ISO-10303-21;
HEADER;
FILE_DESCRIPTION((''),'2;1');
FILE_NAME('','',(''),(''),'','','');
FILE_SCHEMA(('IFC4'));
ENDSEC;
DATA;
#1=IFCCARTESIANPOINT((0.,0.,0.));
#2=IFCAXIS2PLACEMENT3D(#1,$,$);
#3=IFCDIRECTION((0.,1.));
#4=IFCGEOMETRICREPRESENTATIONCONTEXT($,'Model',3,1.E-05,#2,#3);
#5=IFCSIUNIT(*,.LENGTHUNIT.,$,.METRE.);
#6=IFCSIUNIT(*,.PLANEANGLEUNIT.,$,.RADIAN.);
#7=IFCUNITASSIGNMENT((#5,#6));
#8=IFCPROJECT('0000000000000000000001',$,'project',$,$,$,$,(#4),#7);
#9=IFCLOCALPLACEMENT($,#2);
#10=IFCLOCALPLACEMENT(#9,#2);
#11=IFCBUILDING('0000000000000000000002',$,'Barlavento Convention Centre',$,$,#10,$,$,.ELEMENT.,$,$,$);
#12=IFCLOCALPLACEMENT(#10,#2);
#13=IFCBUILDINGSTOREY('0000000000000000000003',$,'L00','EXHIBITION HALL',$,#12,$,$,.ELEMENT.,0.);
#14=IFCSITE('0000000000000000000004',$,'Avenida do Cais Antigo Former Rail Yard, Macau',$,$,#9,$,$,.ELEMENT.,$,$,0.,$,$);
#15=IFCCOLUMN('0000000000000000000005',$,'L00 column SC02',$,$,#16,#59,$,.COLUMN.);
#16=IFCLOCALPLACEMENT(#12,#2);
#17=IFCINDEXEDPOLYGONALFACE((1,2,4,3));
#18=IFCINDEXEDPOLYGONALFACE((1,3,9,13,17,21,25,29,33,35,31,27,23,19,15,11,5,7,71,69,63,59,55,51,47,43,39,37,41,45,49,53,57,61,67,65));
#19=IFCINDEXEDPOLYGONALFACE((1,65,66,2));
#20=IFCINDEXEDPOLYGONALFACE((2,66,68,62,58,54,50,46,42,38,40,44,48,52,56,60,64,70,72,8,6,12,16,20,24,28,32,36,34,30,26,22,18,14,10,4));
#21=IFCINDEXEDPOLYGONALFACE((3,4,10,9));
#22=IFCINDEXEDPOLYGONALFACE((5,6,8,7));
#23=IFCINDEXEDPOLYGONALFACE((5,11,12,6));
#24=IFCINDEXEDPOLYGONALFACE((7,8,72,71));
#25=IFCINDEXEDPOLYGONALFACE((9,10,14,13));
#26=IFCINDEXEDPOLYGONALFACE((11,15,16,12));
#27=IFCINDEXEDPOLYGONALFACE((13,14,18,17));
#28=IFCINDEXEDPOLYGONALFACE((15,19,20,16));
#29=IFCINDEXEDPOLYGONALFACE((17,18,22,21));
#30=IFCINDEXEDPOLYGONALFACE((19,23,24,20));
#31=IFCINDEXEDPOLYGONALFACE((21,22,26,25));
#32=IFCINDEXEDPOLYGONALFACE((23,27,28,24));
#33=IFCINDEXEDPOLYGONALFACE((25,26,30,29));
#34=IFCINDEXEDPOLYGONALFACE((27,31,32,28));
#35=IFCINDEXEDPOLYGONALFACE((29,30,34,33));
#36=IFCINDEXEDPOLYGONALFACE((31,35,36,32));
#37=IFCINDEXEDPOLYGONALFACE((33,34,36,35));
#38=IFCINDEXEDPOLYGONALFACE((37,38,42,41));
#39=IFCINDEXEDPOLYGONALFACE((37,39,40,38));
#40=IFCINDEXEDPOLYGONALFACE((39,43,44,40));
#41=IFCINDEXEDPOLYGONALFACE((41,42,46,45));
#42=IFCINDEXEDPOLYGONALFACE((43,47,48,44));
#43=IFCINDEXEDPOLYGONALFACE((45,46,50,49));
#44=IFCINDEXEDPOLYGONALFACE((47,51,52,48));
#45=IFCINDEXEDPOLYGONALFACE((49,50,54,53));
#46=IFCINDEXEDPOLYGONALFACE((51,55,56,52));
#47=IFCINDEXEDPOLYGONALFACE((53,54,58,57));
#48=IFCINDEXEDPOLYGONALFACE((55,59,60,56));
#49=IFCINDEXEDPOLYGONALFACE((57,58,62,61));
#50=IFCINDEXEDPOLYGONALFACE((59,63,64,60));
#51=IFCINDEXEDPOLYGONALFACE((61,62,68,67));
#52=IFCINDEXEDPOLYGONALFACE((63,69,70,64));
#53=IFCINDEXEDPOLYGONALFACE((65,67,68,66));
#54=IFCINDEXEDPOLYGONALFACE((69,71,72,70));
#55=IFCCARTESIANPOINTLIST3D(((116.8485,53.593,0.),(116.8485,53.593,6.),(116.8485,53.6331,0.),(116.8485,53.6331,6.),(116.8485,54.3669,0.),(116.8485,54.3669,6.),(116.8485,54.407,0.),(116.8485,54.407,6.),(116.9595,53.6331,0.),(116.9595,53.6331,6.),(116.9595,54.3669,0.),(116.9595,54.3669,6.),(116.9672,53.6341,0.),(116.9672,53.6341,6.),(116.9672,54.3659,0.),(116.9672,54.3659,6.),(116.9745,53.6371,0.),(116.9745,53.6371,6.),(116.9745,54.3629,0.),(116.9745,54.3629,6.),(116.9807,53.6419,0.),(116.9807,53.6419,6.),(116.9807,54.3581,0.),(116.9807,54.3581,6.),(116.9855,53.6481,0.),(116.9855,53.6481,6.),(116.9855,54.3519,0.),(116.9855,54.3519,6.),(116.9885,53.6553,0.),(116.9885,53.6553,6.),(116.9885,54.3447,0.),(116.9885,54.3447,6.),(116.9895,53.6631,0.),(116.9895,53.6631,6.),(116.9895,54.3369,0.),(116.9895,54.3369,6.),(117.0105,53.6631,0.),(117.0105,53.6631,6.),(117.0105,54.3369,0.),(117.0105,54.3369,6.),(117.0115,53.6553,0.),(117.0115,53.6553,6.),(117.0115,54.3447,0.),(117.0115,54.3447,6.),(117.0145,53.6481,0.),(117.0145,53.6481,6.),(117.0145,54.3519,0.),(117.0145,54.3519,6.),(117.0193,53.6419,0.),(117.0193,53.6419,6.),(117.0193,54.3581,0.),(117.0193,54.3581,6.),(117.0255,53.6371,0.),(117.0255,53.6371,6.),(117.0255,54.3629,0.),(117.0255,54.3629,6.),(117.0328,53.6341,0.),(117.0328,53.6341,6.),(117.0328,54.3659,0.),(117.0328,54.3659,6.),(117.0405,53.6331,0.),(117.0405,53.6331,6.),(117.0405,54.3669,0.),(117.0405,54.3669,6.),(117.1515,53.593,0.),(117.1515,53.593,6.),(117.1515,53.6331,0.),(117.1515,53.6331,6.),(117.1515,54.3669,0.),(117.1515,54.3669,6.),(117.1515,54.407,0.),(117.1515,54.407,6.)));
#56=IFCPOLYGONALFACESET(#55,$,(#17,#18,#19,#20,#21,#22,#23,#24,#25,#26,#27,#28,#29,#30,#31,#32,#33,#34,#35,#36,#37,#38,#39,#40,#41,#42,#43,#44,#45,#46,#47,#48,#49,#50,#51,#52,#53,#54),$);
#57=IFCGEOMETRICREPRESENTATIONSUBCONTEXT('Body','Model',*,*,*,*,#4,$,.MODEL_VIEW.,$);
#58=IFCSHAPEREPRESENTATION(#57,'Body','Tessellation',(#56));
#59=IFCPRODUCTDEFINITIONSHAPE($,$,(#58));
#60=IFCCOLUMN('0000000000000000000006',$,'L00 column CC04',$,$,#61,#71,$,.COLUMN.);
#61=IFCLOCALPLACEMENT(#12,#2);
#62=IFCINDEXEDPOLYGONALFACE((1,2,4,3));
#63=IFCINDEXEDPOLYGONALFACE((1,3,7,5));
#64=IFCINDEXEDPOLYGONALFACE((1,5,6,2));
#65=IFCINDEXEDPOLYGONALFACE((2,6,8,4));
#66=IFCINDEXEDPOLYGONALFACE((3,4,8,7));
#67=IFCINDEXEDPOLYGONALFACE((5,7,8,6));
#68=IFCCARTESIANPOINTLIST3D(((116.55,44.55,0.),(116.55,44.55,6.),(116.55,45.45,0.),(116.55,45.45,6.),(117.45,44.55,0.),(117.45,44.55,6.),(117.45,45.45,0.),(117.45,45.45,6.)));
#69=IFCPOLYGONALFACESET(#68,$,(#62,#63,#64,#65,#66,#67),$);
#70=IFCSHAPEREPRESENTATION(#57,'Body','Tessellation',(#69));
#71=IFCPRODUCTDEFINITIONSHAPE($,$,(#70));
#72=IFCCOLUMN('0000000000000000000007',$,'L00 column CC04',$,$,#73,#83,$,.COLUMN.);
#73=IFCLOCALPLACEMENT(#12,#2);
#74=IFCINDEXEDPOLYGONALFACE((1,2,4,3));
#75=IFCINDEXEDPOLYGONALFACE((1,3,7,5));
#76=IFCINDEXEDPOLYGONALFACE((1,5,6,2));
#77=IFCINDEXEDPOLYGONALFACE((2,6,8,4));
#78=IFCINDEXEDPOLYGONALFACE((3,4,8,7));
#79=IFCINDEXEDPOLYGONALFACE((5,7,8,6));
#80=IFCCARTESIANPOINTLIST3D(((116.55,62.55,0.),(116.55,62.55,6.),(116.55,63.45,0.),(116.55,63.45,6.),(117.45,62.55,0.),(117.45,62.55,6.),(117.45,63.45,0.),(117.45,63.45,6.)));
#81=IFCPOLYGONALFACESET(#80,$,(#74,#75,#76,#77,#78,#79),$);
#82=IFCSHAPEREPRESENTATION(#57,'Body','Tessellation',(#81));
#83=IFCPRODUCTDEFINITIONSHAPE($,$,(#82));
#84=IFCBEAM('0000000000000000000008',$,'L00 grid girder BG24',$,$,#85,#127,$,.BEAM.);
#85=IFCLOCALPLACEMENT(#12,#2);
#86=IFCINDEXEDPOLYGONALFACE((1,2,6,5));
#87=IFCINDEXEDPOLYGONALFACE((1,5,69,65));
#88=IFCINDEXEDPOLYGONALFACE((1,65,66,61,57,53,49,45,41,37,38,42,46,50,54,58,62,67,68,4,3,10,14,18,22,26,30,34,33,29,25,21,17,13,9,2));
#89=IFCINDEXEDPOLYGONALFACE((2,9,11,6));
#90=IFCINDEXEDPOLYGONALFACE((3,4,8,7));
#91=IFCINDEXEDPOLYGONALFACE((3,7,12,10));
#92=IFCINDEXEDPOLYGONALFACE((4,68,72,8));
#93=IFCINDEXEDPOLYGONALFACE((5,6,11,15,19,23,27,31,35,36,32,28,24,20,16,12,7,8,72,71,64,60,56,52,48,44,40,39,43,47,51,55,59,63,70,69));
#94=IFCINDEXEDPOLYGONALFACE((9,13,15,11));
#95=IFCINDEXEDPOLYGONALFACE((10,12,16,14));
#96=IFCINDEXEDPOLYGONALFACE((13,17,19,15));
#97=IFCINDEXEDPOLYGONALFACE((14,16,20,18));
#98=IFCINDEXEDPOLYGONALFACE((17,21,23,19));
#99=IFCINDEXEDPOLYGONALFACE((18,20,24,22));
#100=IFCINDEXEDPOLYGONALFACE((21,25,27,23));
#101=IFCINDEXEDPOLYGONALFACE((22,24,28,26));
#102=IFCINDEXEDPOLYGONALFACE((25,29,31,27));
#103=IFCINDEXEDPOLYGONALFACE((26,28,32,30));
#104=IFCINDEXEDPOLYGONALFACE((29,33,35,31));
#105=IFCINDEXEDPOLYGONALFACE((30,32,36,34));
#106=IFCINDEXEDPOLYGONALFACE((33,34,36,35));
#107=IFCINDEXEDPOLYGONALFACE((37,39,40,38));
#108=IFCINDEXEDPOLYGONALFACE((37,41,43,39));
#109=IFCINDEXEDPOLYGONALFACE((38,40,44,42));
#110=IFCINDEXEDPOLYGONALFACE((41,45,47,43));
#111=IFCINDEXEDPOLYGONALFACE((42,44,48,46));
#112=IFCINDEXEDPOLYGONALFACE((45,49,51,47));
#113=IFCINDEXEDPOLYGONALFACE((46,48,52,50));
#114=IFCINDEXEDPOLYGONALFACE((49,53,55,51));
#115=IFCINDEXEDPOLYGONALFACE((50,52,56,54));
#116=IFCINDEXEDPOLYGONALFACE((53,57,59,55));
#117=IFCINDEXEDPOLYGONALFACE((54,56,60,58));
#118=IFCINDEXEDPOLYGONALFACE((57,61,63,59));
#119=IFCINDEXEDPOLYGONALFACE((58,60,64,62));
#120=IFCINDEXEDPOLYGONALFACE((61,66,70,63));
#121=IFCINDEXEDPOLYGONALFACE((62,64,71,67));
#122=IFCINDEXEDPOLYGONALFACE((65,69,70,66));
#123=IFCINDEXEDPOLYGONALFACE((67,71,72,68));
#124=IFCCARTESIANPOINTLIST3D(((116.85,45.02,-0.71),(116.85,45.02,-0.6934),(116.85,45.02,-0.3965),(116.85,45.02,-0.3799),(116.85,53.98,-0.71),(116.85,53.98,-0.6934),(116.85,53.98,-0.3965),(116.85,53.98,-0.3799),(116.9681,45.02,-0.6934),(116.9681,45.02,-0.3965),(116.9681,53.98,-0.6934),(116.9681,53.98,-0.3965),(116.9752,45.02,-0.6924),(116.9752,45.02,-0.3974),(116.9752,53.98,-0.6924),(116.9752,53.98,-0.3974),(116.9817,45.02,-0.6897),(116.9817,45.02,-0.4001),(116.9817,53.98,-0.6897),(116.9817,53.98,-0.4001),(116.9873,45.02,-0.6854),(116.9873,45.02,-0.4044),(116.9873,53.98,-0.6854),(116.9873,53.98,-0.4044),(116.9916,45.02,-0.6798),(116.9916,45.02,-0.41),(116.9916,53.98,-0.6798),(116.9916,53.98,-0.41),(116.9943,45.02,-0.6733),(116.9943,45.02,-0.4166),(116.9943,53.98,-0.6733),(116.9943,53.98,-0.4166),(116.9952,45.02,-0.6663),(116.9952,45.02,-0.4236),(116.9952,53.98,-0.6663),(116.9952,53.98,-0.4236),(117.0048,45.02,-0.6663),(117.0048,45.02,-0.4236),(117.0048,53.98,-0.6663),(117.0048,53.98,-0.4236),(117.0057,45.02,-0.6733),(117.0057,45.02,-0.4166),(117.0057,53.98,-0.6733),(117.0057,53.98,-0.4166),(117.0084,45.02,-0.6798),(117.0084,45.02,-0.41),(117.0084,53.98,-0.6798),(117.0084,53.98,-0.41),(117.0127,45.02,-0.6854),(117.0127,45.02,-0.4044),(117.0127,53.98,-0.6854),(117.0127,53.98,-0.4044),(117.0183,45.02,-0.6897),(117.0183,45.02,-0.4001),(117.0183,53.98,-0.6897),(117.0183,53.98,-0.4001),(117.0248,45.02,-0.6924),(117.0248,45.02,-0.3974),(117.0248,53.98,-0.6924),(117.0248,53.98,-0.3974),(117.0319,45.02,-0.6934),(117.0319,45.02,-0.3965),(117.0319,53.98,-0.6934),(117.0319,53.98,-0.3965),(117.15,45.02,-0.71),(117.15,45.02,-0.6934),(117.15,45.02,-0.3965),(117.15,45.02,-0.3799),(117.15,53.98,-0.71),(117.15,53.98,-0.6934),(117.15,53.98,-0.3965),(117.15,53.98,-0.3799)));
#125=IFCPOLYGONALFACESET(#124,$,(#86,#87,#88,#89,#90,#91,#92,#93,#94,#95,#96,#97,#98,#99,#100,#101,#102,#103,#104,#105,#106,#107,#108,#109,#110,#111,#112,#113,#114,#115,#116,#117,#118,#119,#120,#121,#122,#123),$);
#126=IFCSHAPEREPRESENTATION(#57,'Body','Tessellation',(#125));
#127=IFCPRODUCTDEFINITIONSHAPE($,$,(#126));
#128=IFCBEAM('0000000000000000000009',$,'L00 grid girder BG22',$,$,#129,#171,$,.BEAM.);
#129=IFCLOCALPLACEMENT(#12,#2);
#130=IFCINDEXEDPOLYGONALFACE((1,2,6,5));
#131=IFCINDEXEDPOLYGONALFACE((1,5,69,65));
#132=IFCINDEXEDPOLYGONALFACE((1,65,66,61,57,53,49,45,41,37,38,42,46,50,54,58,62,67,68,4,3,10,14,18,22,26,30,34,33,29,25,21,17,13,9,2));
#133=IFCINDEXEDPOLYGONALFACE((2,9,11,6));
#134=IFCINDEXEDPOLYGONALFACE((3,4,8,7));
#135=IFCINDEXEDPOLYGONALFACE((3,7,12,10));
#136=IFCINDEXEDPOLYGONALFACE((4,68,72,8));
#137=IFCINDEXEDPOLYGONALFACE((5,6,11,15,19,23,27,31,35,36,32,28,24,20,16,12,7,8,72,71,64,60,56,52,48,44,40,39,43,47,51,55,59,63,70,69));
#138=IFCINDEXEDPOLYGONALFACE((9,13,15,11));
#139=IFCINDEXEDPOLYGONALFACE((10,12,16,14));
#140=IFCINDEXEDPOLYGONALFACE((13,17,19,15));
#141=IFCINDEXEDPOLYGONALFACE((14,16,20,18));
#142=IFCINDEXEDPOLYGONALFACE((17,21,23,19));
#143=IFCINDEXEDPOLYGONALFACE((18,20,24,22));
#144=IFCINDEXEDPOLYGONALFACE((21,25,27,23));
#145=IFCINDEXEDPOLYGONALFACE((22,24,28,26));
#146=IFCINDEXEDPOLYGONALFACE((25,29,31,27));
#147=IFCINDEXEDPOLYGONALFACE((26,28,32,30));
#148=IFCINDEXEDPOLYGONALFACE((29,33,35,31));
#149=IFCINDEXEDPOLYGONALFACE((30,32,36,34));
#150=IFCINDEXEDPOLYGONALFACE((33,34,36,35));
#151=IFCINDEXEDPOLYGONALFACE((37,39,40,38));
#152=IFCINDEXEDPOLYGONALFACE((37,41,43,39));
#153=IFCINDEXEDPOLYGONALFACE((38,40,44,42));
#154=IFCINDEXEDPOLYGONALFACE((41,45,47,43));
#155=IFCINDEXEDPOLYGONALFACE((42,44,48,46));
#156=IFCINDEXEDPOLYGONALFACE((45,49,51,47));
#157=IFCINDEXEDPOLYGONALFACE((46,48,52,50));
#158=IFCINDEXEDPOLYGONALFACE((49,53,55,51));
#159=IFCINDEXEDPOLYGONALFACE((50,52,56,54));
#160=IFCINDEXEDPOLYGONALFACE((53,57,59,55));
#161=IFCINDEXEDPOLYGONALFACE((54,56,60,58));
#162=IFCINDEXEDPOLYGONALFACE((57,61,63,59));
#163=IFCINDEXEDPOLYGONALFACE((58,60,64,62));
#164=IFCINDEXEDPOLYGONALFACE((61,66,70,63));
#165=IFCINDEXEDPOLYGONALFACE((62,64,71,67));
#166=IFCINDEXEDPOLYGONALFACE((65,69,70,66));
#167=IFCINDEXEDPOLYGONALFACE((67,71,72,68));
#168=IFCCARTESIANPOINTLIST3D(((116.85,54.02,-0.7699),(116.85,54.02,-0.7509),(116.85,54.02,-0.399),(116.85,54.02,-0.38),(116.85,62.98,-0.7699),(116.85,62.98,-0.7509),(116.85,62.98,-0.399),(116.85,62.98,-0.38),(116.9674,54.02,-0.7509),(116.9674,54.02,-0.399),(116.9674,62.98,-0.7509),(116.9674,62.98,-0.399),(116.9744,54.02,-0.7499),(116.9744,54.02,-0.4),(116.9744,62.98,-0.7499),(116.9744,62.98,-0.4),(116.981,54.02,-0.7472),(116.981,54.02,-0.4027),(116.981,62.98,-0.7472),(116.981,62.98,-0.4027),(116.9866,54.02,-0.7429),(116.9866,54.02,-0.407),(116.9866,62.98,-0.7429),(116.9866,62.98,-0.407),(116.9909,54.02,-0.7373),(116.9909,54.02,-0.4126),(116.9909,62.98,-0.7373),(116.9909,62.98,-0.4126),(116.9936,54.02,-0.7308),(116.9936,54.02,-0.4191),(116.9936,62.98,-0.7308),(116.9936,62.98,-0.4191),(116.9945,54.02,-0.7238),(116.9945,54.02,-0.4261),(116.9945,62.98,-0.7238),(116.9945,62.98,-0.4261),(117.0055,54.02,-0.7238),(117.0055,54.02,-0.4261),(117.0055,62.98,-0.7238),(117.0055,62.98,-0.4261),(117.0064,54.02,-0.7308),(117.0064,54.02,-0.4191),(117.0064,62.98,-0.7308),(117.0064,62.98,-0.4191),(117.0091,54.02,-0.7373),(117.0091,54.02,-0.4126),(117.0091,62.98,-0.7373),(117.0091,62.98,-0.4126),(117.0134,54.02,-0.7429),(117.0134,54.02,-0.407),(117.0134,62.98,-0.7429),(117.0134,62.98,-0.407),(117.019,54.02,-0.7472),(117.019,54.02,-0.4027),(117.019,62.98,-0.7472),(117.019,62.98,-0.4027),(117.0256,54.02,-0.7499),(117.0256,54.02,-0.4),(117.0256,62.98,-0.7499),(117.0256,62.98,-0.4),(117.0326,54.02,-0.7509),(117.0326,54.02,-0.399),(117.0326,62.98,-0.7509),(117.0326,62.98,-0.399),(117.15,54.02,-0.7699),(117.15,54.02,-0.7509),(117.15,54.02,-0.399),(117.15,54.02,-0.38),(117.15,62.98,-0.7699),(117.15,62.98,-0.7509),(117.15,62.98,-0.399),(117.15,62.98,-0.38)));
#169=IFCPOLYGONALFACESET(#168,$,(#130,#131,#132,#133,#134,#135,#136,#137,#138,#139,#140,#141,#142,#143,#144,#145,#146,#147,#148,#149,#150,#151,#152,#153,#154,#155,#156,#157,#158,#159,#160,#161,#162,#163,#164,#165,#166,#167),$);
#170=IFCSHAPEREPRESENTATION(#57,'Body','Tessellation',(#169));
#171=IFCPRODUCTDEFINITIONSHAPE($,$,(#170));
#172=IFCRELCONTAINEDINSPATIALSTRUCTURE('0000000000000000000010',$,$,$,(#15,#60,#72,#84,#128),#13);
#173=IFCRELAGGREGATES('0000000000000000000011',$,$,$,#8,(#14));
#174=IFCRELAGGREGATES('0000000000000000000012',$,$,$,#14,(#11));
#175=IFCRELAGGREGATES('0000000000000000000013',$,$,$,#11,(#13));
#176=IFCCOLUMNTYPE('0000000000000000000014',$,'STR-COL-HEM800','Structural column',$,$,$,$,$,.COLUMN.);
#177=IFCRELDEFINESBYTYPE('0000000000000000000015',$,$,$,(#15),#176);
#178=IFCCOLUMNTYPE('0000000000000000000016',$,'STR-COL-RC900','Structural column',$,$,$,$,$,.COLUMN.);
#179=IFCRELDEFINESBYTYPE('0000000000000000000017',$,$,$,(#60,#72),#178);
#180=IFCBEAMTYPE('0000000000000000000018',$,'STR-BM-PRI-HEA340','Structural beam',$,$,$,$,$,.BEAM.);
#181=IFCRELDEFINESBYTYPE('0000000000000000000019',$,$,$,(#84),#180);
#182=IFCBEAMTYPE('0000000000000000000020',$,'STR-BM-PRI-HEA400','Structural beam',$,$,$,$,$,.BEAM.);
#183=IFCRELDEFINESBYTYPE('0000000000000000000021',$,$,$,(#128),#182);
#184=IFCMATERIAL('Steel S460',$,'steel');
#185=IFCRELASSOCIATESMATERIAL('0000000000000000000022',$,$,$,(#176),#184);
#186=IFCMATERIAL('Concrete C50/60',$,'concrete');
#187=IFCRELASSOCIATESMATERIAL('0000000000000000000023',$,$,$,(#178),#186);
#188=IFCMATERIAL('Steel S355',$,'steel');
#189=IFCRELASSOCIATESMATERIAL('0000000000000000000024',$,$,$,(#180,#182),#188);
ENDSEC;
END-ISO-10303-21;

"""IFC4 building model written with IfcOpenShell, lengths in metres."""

from ifc_helpers import new_model, si_unit, direction, frame, origin, origin_2d, place, context, subcontext, project, spatial, rectangle, i_section, extrude, material, material_profile, profile_set, type_object, element, save


model = new_model("IFC4")

# Units and contexts
model_context = context("Model", 3, precision=1e-05, world=origin(), true_north=direction((0.0, 1.0)))
body_context = subcontext(model_context, "Body", "Model", "MODEL_VIEW")
ifc_project = project(units=[si_unit("LENGTHUNIT", "METRE"), si_unit("PLANEANGLEUNIT", "RADIAN")], contexts=[model_context])

# Site, building, storey
site_placement = place(None, origin())
site = spatial("IfcSite", under=ifc_project, at=site_placement, Name="Avenida do Cais Antigo Former Rail Yard, Macau", CompositionType="ELEMENT", RefElevation=0.0)
building_placement = place(site_placement, origin())
building = spatial("IfcBuilding", under=site, at=building_placement, Name="Barlavento Convention Centre", CompositionType="ELEMENT")
storey_placement = place(building_placement, origin())
storey = spatial("IfcBuildingStorey", under=building, at=storey_placement, Name="L00", Description="EXHIBITION HALL", CompositionType="ELEMENT", Elevation=0.0)

# Columns
ifc_material_1 = material(Name="Steel S460", Category="steel")
ifc_material_profile_1 = material_profile(ifc_material_1, i_section(OverallWidth=0.303, OverallDepth=0.814, WebThickness=0.021, FlangeThickness=0.04, FilletRadius=0.03, at=origin_2d()), Name="HEM 800")
ifc_profile_set_1 = profile_set([ifc_material_profile_1], Name="Steel S460")
column_type_1 = type_object("IfcColumnType", Name="STR-COL-HEM800", Description="Structural column", PredefinedType="COLUMN", material=ifc_profile_set_1)
column_placement = place(storey_placement, frame((117.0, 54.0, 0.0), z_axis=(0.0, 0.0, 1.0), x_axis=(1.0, 0.0, 0.0)))
element("IfcColumn", 1, at=column_placement, inside=storey, type_object=column_type_1, Name="L00 column SC02", PredefinedType="COLUMN", context=body_context, shape_type="SweptSolid", body=[
    extrude(i_section(OverallWidth=0.303, OverallDepth=0.814, WebThickness=0.021, FlangeThickness=0.04, FilletRadius=0.03, at=origin_2d()), origin(), (0.0, 0.0, 1.0), 6.0),
])
ifc_material_2 = material(Name="Concrete C50/60", Category="concrete")
ifc_material_profile_2 = material_profile(ifc_material_2, rectangle(XDim=0.8999, YDim=0.8999, at=origin_2d()), Name="RC 900x900")
ifc_profile_set_2 = profile_set([ifc_material_profile_2], Name="Concrete C50/60")
column_type_2 = type_object("IfcColumnType", Name="STR-COL-RC900", Description="Structural column", PredefinedType="COLUMN", material=ifc_profile_set_2)
for number, where, z_axis, x_axis, name in (
    (2, (117.0, 45.0, 0.0), (0.0, 0.0, 1.0), (1.0, 0.0, 0.0), "L00 column CC04"),
    (3, (117.0, 63.0, 0.0), (0.0, 0.0, 1.0), (1.0, 0.0, 0.0), "L00 column CC04"),
):
    element("IfcColumn", number, at=place(storey_placement, frame(where, z_axis=z_axis, x_axis=x_axis)), inside=storey, type_object=column_type_2, Name=name, PredefinedType="COLUMN", context=body_context, shape_type="SweptSolid", body=[
        extrude(rectangle(XDim=0.8999, YDim=0.8999, at=origin_2d()), origin(), (0.0, 0.0, 1.0), 6.0),
    ])

# Beams
ifc_material_3 = material(Name="Steel S355", Category="steel")
ifc_material_profile_3 = material_profile(ifc_material_3, i_section(OverallWidth=0.3, OverallDepth=0.3301, WebThickness=0.0095, FlangeThickness=0.0166, FilletRadius=0.0271, at=origin_2d()), Name="HEA 340")
ifc_profile_set_3 = profile_set([ifc_material_profile_3], Name="Steel S355")
beam_type_1 = type_object("IfcBeamType", Name="STR-BM-PRI-HEA340", Description="Structural beam", PredefinedType="BEAM", material=ifc_profile_set_3)
beam_1_placement = place(storey_placement, frame((117.0, 45.02, -0.5449), z_axis=(0.0, 1.0, 0.0), x_axis=(-1.0, 0.0, 0.0)))
element("IfcBeam", 4, at=beam_1_placement, inside=storey, type_object=beam_type_1, Name="L00 grid girder BG24", PredefinedType="BEAM", context=body_context, shape_type="SweptSolid", body=[
    extrude(i_section(OverallWidth=0.3, OverallDepth=0.3301, WebThickness=0.0095, FlangeThickness=0.0166, FilletRadius=0.0271, at=origin_2d()), origin(), (0.0, 0.0, 1.0), 8.96),
])
ifc_material_profile_4 = material_profile(ifc_material_3, i_section(OverallWidth=0.3, OverallDepth=0.3899, WebThickness=0.011, FlangeThickness=0.019, FilletRadius=0.0271, at=origin_2d()), Name="HEA 400")
ifc_profile_set_4 = profile_set([ifc_material_profile_4], Name="Steel S355")
beam_type_2 = type_object("IfcBeamType", Name="STR-BM-PRI-HEA400", Description="Structural beam", PredefinedType="BEAM", material=ifc_profile_set_4)
beam_2_placement = place(storey_placement, frame((117.0, 54.02, -0.575), z_axis=(0.0, 1.0, 0.0), x_axis=(-1.0, 0.0, 0.0)))
element("IfcBeam", 5, at=beam_2_placement, inside=storey, type_object=beam_type_2, Name="L00 grid girder BG22", PredefinedType="BEAM", context=body_context, shape_type="SweptSolid", body=[
    extrude(i_section(OverallWidth=0.3, OverallDepth=0.3899, WebThickness=0.011, FlangeThickness=0.019, FilletRadius=0.0271, at=origin_2d()), origin(), (0.0, 0.0, 1.0), 8.96),
])

save(model, "model.ifc")
